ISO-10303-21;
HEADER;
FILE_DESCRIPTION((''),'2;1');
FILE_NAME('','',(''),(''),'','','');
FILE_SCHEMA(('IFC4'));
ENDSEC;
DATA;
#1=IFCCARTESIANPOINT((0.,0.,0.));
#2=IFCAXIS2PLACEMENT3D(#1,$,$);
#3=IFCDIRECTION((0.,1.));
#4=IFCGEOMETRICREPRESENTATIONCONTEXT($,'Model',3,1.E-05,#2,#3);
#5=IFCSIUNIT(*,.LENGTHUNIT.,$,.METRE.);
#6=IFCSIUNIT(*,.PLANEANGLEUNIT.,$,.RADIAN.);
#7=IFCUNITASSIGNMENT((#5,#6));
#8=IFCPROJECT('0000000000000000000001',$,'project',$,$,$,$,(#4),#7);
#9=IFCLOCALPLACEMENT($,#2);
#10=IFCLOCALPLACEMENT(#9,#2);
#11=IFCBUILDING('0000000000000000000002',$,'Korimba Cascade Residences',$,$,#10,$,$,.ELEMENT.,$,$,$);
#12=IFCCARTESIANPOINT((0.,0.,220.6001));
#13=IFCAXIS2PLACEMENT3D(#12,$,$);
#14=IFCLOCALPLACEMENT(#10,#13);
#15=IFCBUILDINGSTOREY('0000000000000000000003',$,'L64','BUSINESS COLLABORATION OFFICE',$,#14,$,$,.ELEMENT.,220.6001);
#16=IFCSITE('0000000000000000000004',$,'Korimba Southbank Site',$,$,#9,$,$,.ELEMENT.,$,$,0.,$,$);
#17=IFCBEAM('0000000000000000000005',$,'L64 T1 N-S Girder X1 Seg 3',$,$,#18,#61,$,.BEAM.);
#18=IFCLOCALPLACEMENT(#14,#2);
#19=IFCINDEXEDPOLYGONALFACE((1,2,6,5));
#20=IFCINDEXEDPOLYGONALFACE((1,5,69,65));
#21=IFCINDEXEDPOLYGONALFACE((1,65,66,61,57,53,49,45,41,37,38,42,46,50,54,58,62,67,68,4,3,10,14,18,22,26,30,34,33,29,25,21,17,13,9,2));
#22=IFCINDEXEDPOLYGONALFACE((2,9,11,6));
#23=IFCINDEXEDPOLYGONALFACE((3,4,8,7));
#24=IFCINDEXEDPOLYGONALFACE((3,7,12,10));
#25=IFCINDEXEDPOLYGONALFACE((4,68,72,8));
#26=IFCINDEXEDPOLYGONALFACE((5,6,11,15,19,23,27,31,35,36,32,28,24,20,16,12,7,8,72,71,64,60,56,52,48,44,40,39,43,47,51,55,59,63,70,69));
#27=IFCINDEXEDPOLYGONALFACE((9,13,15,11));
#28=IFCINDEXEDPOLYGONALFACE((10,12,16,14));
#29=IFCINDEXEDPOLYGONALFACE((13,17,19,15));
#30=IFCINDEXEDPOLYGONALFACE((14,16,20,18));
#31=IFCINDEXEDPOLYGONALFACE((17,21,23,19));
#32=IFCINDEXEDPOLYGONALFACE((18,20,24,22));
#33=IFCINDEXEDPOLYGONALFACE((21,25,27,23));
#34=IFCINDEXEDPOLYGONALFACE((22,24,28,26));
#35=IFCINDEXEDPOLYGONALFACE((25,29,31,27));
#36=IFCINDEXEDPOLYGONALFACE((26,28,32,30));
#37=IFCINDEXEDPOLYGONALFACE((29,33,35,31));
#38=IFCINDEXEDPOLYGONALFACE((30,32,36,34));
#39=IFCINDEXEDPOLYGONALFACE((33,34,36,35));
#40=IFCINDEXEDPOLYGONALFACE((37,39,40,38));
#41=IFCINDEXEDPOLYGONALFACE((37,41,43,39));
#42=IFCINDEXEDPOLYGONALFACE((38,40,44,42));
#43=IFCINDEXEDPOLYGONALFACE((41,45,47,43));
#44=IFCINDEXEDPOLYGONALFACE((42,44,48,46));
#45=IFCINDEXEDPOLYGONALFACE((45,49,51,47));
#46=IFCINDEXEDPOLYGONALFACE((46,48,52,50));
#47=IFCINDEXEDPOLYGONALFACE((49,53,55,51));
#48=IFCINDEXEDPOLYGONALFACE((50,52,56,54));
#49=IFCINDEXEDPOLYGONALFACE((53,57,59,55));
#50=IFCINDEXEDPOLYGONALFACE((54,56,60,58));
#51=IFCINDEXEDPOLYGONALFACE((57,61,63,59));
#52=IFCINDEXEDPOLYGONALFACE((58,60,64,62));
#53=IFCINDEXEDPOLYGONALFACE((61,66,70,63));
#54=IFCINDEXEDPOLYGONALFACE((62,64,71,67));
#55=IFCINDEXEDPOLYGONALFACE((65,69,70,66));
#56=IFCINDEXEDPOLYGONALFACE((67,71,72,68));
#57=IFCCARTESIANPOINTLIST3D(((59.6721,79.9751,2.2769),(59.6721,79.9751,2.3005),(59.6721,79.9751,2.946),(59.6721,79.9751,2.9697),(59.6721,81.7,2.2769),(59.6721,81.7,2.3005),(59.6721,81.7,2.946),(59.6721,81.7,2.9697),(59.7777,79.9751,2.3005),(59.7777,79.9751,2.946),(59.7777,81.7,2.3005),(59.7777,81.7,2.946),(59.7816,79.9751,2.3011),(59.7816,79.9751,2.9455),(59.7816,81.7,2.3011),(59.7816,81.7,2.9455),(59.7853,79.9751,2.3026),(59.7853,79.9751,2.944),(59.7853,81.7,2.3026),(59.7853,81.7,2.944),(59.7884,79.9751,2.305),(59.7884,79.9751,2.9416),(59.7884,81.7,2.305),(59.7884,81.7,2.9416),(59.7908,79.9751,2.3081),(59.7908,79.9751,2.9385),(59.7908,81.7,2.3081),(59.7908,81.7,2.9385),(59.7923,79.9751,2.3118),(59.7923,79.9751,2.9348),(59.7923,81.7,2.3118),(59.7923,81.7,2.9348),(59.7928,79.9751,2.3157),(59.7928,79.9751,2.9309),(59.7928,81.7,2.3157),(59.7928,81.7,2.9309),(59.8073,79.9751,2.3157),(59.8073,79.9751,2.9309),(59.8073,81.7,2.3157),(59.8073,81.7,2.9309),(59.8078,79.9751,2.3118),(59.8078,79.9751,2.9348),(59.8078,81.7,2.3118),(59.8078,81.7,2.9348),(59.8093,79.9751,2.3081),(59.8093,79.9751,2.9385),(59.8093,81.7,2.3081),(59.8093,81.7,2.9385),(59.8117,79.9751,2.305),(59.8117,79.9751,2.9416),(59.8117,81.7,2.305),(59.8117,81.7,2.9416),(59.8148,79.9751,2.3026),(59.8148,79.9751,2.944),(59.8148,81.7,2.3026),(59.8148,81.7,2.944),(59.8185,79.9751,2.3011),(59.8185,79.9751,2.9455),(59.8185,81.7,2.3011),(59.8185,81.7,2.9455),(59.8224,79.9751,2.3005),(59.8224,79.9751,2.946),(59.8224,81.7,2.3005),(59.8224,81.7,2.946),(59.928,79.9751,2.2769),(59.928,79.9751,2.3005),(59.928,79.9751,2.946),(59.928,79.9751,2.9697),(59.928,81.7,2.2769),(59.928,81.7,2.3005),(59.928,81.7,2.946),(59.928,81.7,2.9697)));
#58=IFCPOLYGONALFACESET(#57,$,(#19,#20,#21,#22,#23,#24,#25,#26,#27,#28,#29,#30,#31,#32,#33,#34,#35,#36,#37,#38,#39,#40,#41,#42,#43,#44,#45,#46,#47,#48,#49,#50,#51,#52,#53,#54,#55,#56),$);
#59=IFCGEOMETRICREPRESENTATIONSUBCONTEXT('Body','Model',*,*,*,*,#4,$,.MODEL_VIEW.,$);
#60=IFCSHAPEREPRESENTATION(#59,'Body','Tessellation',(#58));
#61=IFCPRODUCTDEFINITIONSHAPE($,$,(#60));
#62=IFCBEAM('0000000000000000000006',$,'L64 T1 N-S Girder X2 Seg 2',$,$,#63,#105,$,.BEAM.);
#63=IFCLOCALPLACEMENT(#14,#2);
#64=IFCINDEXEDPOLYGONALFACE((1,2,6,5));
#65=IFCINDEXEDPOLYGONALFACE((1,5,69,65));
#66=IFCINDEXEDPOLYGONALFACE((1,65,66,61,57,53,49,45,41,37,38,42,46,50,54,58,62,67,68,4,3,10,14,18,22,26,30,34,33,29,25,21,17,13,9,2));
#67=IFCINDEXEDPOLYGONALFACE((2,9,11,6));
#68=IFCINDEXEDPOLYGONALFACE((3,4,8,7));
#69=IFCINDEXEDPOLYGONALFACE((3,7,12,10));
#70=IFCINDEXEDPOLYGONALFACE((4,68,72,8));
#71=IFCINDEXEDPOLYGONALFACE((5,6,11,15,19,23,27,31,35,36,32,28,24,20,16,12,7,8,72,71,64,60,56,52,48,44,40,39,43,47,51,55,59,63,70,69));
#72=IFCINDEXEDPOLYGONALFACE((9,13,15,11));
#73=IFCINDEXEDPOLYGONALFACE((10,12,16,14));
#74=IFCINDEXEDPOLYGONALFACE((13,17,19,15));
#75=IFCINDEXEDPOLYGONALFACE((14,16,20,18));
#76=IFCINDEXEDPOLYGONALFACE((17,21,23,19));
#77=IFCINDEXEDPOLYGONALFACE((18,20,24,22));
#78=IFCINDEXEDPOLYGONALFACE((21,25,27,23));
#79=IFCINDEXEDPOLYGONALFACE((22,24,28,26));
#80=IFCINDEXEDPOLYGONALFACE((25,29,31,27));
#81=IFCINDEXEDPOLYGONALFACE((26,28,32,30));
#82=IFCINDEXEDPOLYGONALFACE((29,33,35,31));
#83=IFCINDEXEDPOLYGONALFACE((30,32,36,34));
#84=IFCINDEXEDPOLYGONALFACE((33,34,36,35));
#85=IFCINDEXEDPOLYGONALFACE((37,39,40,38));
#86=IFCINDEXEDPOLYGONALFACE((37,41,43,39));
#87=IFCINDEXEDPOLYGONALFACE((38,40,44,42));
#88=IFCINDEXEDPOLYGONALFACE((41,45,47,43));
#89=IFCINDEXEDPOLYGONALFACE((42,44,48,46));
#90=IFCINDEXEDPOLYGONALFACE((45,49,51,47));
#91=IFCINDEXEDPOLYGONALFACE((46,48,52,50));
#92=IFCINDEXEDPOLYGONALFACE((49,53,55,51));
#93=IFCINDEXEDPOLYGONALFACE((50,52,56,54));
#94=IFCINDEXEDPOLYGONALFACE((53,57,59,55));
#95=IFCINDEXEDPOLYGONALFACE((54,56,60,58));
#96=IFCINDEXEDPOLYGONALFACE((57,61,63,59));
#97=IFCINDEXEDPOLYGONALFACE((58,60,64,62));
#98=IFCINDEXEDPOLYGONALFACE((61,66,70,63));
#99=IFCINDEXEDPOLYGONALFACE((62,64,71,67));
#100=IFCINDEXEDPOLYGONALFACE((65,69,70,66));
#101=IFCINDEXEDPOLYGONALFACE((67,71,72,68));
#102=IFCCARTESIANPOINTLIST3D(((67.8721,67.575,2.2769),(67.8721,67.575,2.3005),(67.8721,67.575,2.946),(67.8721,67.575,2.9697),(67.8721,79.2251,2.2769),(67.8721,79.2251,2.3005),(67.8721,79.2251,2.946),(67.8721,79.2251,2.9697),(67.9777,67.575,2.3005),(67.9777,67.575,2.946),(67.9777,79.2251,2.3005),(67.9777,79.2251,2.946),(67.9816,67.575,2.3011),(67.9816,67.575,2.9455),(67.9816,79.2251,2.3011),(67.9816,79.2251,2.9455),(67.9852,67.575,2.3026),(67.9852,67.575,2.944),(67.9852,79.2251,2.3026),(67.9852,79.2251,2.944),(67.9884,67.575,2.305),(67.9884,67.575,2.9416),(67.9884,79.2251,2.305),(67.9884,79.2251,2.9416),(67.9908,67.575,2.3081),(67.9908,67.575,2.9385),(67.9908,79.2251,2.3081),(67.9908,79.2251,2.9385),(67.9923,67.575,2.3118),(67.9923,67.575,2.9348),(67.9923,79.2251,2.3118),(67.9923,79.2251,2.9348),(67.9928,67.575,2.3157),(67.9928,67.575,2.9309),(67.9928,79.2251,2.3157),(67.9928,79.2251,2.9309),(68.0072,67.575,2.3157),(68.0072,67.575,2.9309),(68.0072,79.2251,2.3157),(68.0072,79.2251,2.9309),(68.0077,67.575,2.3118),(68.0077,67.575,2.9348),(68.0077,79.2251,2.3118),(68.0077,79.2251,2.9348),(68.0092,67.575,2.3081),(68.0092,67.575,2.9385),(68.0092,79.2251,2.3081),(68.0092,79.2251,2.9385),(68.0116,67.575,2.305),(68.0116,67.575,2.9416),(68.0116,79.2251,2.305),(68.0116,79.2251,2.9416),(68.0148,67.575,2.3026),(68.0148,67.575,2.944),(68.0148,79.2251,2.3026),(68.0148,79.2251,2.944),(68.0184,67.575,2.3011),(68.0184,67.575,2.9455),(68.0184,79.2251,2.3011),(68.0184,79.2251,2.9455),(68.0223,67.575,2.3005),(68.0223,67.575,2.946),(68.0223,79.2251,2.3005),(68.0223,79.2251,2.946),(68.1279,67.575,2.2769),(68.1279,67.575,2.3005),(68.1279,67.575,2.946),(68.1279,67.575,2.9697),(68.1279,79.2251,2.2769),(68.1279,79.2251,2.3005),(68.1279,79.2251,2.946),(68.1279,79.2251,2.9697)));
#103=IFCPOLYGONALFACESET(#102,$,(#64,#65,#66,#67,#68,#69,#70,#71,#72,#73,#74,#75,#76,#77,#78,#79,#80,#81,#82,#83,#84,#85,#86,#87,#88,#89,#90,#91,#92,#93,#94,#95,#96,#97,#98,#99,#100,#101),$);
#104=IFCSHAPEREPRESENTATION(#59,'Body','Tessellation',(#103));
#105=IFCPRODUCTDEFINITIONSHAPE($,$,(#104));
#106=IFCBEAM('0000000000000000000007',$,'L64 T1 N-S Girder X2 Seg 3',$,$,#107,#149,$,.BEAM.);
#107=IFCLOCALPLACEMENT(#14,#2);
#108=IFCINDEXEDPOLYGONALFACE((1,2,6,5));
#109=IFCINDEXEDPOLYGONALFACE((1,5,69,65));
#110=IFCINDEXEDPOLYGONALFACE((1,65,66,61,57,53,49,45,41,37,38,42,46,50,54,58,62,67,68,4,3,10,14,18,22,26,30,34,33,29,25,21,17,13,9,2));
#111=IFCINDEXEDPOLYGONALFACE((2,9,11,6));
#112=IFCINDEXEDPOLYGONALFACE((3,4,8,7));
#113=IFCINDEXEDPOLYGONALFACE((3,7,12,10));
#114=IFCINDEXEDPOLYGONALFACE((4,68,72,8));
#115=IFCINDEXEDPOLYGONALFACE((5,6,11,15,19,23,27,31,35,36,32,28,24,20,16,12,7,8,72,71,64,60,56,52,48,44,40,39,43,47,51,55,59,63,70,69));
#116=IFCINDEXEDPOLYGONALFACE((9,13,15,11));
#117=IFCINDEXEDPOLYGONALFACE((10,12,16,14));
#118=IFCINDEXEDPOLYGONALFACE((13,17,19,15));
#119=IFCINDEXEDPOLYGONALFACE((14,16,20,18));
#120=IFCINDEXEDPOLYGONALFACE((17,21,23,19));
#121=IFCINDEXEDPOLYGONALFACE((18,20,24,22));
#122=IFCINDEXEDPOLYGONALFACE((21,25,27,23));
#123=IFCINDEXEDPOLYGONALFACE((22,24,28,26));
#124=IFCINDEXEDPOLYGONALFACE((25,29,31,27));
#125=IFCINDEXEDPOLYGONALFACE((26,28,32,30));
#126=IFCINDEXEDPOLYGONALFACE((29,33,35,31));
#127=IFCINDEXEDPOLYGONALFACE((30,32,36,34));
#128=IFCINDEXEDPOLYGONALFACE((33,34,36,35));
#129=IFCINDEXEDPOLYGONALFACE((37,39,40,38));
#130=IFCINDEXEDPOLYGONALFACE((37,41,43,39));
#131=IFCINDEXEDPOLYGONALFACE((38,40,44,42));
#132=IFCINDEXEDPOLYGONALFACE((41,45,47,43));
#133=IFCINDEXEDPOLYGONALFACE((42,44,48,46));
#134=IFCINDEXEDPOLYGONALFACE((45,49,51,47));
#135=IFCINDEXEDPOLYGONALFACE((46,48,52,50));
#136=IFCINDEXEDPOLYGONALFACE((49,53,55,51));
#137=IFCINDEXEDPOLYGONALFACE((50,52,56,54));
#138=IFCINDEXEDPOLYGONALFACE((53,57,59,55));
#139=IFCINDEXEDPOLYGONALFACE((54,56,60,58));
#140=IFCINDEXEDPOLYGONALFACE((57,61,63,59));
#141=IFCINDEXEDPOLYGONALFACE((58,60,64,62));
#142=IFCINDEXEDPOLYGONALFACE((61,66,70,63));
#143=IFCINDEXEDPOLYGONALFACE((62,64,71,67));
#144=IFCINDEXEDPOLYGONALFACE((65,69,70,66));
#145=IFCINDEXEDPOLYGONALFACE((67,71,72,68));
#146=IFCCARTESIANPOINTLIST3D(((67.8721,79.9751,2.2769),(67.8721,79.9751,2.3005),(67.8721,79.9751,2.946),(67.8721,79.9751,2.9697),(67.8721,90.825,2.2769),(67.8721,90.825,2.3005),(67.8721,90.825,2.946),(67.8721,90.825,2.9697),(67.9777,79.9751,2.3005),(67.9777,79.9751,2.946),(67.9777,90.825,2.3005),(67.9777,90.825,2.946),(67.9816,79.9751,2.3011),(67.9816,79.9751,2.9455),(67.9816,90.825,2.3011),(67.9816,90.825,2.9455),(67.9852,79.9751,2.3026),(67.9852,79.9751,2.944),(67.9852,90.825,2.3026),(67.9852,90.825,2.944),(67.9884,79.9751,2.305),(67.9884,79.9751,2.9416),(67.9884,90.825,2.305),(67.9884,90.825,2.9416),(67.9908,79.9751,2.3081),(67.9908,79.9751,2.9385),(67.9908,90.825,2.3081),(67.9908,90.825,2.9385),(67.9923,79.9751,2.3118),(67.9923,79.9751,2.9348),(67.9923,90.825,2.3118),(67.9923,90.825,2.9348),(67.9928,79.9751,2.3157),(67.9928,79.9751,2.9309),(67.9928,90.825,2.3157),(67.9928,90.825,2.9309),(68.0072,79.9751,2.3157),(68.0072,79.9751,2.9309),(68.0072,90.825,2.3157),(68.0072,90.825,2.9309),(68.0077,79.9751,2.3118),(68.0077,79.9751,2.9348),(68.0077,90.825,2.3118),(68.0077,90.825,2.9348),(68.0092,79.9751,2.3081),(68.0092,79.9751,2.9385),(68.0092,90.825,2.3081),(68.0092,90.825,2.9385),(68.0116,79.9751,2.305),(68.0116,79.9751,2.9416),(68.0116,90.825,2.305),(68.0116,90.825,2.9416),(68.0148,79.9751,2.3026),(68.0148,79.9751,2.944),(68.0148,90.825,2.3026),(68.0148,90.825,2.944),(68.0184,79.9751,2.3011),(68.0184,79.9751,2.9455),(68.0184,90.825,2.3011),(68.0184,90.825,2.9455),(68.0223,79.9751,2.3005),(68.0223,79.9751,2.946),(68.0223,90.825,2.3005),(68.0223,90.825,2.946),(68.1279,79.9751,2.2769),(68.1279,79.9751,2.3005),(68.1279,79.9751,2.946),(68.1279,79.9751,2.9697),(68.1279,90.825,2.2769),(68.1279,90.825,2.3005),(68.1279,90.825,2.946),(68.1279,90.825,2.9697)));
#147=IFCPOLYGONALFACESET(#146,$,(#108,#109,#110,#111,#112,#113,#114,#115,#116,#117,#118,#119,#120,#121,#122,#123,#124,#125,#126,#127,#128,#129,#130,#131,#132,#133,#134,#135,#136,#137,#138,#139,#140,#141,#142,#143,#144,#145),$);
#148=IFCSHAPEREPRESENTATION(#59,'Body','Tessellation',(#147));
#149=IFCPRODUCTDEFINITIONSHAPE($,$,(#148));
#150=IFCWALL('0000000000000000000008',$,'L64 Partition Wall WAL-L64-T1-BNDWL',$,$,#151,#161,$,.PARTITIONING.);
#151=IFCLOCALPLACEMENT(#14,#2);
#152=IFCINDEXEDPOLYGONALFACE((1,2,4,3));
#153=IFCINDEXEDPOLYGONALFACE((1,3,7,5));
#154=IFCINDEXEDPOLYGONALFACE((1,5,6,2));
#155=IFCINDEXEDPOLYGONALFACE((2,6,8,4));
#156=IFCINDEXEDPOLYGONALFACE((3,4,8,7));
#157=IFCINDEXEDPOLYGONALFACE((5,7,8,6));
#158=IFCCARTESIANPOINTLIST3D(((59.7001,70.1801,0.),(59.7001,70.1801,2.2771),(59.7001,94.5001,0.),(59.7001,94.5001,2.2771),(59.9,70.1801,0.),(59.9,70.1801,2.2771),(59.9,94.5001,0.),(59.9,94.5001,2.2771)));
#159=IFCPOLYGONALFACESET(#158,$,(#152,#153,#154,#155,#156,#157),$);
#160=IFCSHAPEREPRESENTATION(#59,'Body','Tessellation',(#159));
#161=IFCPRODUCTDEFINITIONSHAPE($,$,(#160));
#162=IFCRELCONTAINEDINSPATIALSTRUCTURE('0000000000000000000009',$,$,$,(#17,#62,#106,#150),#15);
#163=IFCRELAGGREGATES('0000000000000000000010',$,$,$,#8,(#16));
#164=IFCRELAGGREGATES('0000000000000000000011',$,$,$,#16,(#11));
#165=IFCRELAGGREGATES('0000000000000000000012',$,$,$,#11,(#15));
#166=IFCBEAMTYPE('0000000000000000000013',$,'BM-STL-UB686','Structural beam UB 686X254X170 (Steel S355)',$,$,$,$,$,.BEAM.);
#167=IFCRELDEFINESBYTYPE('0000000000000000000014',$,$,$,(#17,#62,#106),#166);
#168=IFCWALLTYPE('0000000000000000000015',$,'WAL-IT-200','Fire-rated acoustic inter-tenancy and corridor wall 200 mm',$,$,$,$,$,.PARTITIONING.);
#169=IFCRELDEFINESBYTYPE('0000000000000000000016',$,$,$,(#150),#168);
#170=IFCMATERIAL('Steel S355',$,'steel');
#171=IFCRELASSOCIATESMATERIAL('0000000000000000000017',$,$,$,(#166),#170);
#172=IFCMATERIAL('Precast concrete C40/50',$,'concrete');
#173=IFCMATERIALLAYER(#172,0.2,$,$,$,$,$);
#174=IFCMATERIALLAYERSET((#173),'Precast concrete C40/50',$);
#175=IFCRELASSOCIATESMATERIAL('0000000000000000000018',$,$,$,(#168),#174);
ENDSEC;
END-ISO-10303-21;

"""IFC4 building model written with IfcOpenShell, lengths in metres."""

from ifc_helpers import new_model, si_unit, direction, frame, frame_2d, origin, origin_2d, place, context, subcontext, project, spatial, rectangle, i_section, extrude, material, layer, layer_set, material_profile, profile_set, type_object, element, save


model = new_model("IFC4")

# Units and contexts
model_context = context("Model", 3, precision=1e-05, world=origin(), true_north=direction((0.0, 1.0)))
body_context = subcontext(model_context, "Body", "Model", "MODEL_VIEW")
ifc_project = project(units=[si_unit("LENGTHUNIT", "METRE"), si_unit("PLANEANGLEUNIT", "RADIAN")], contexts=[model_context])

# Site, building, storey
site_placement = place(None, origin())
site = spatial("IfcSite", under=ifc_project, at=site_placement, Name="Korimba Southbank Site", CompositionType="ELEMENT", RefElevation=0.0)
building_placement = place(site_placement, origin())
building = spatial("IfcBuilding", under=site, at=building_placement, Name="Korimba Cascade Residences", CompositionType="ELEMENT")
storey_placement = place(building_placement, frame((0.0, 0.0, 220.6001)))
storey = spatial("IfcBuildingStorey", under=building, at=storey_placement, Name="L64", Description="BUSINESS COLLABORATION OFFICE", CompositionType="ELEMENT", Elevation=220.6001)

# Beams
ifc_material_1 = material(Name="Steel S355", Category="steel")
ifc_material_profile_1 = material_profile(ifc_material_1, i_section(OverallWidth=0.2559, OverallDepth=0.6929, WebThickness=0.0144, FlangeThickness=0.0237, FilletRadius=0.0151, at=origin_2d()), Name="Steel S355")
ifc_profile_set_1 = profile_set([ifc_material_profile_1], Name="Steel S355")
beam_type_1 = type_object("IfcBeamType", Name="BM-STL-UB686", Description="Structural beam UB 686X254X170 (Steel S355)", PredefinedType="BEAM", material=ifc_profile_set_1)
beam_1_placement = place(storey_placement, frame((59.8, 79.9751, 2.6233), z_axis=(0.0, 1.0, 0.0), x_axis=(-1.0, 0.0, 0.0)))
element("IfcBeam", 1, at=beam_1_placement, inside=storey, type_object=beam_type_1, Name="L64 T1 N-S Girder X1 Seg 3", PredefinedType="BEAM", context=body_context, shape_type="SweptSolid", body=[
    extrude(i_section(OverallWidth=0.2559, OverallDepth=0.6929, WebThickness=0.0144, FlangeThickness=0.0237, FilletRadius=0.0151, at=origin_2d()), origin(), (0.0, 0.0, 1.0), 1.7249),
])
beam_2_placement = place(storey_placement, frame((68.0, 67.575, 2.6233), z_axis=(0.0, 1.0, 0.0), x_axis=(-1.0, 0.0, 0.0)))
element("IfcBeam", 2, at=beam_2_placement, inside=storey, type_object=beam_type_1, Name="L64 T1 N-S Girder X2 Seg 2", PredefinedType="BEAM", context=body_context, shape_type="SweptSolid", body=[
    extrude(i_section(OverallWidth=0.2559, OverallDepth=0.6929, WebThickness=0.0144, FlangeThickness=0.0237, FilletRadius=0.0151, at=origin_2d()), origin(), (0.0, 0.0, 1.0), 11.6501),
])
beam_3_placement = place(storey_placement, frame((68.0, 79.9751, 2.6233), z_axis=(0.0, 1.0, 0.0), x_axis=(-1.0, 0.0, 0.0)))
element("IfcBeam", 3, at=beam_3_placement, inside=storey, type_object=beam_type_1, Name="L64 T1 N-S Girder X2 Seg 3", PredefinedType="BEAM", context=body_context, shape_type="SweptSolid", body=[
    extrude(i_section(OverallWidth=0.2559, OverallDepth=0.6929, WebThickness=0.0144, FlangeThickness=0.0237, FilletRadius=0.0151, at=origin_2d()), origin(), (0.0, 0.0, 1.0), 10.8499),
])

# Wall
ifc_material_2 = material(Name="Precast concrete C40/50", Category="concrete")
ifc_layer_1 = layer(ifc_material_2, 0.2)
ifc_layer_set_1 = layer_set([ifc_layer_1], Name="Precast concrete C40/50")
wall_type_1 = type_object("IfcWallType", Name="WAL-IT-200", Description="Fire-rated acoustic inter-tenancy and corridor wall 200 mm", PredefinedType="PARTITIONING", material=ifc_layer_set_1)
wall_1_placement = place(storey_placement, frame((59.8, 70.1799, 0.0), z_axis=(0.0, 0.0, 1.0), x_axis=(0.0, 1.0, 0.0)))
element("IfcWall", 4, at=wall_1_placement, inside=storey, type_object=wall_type_1, Name="L64 Partition Wall WAL-L64-T1-BNDWL", PredefinedType="PARTITIONING", context=body_context, shape_type="SweptSolid", body=[
    extrude(rectangle(XDim=24.3201, YDim=0.2, at=frame_2d((12.1602, 0.0))), origin(), (0.0, 0.0, 1.0), 2.2771),
])

save(model, "model.ifc")
